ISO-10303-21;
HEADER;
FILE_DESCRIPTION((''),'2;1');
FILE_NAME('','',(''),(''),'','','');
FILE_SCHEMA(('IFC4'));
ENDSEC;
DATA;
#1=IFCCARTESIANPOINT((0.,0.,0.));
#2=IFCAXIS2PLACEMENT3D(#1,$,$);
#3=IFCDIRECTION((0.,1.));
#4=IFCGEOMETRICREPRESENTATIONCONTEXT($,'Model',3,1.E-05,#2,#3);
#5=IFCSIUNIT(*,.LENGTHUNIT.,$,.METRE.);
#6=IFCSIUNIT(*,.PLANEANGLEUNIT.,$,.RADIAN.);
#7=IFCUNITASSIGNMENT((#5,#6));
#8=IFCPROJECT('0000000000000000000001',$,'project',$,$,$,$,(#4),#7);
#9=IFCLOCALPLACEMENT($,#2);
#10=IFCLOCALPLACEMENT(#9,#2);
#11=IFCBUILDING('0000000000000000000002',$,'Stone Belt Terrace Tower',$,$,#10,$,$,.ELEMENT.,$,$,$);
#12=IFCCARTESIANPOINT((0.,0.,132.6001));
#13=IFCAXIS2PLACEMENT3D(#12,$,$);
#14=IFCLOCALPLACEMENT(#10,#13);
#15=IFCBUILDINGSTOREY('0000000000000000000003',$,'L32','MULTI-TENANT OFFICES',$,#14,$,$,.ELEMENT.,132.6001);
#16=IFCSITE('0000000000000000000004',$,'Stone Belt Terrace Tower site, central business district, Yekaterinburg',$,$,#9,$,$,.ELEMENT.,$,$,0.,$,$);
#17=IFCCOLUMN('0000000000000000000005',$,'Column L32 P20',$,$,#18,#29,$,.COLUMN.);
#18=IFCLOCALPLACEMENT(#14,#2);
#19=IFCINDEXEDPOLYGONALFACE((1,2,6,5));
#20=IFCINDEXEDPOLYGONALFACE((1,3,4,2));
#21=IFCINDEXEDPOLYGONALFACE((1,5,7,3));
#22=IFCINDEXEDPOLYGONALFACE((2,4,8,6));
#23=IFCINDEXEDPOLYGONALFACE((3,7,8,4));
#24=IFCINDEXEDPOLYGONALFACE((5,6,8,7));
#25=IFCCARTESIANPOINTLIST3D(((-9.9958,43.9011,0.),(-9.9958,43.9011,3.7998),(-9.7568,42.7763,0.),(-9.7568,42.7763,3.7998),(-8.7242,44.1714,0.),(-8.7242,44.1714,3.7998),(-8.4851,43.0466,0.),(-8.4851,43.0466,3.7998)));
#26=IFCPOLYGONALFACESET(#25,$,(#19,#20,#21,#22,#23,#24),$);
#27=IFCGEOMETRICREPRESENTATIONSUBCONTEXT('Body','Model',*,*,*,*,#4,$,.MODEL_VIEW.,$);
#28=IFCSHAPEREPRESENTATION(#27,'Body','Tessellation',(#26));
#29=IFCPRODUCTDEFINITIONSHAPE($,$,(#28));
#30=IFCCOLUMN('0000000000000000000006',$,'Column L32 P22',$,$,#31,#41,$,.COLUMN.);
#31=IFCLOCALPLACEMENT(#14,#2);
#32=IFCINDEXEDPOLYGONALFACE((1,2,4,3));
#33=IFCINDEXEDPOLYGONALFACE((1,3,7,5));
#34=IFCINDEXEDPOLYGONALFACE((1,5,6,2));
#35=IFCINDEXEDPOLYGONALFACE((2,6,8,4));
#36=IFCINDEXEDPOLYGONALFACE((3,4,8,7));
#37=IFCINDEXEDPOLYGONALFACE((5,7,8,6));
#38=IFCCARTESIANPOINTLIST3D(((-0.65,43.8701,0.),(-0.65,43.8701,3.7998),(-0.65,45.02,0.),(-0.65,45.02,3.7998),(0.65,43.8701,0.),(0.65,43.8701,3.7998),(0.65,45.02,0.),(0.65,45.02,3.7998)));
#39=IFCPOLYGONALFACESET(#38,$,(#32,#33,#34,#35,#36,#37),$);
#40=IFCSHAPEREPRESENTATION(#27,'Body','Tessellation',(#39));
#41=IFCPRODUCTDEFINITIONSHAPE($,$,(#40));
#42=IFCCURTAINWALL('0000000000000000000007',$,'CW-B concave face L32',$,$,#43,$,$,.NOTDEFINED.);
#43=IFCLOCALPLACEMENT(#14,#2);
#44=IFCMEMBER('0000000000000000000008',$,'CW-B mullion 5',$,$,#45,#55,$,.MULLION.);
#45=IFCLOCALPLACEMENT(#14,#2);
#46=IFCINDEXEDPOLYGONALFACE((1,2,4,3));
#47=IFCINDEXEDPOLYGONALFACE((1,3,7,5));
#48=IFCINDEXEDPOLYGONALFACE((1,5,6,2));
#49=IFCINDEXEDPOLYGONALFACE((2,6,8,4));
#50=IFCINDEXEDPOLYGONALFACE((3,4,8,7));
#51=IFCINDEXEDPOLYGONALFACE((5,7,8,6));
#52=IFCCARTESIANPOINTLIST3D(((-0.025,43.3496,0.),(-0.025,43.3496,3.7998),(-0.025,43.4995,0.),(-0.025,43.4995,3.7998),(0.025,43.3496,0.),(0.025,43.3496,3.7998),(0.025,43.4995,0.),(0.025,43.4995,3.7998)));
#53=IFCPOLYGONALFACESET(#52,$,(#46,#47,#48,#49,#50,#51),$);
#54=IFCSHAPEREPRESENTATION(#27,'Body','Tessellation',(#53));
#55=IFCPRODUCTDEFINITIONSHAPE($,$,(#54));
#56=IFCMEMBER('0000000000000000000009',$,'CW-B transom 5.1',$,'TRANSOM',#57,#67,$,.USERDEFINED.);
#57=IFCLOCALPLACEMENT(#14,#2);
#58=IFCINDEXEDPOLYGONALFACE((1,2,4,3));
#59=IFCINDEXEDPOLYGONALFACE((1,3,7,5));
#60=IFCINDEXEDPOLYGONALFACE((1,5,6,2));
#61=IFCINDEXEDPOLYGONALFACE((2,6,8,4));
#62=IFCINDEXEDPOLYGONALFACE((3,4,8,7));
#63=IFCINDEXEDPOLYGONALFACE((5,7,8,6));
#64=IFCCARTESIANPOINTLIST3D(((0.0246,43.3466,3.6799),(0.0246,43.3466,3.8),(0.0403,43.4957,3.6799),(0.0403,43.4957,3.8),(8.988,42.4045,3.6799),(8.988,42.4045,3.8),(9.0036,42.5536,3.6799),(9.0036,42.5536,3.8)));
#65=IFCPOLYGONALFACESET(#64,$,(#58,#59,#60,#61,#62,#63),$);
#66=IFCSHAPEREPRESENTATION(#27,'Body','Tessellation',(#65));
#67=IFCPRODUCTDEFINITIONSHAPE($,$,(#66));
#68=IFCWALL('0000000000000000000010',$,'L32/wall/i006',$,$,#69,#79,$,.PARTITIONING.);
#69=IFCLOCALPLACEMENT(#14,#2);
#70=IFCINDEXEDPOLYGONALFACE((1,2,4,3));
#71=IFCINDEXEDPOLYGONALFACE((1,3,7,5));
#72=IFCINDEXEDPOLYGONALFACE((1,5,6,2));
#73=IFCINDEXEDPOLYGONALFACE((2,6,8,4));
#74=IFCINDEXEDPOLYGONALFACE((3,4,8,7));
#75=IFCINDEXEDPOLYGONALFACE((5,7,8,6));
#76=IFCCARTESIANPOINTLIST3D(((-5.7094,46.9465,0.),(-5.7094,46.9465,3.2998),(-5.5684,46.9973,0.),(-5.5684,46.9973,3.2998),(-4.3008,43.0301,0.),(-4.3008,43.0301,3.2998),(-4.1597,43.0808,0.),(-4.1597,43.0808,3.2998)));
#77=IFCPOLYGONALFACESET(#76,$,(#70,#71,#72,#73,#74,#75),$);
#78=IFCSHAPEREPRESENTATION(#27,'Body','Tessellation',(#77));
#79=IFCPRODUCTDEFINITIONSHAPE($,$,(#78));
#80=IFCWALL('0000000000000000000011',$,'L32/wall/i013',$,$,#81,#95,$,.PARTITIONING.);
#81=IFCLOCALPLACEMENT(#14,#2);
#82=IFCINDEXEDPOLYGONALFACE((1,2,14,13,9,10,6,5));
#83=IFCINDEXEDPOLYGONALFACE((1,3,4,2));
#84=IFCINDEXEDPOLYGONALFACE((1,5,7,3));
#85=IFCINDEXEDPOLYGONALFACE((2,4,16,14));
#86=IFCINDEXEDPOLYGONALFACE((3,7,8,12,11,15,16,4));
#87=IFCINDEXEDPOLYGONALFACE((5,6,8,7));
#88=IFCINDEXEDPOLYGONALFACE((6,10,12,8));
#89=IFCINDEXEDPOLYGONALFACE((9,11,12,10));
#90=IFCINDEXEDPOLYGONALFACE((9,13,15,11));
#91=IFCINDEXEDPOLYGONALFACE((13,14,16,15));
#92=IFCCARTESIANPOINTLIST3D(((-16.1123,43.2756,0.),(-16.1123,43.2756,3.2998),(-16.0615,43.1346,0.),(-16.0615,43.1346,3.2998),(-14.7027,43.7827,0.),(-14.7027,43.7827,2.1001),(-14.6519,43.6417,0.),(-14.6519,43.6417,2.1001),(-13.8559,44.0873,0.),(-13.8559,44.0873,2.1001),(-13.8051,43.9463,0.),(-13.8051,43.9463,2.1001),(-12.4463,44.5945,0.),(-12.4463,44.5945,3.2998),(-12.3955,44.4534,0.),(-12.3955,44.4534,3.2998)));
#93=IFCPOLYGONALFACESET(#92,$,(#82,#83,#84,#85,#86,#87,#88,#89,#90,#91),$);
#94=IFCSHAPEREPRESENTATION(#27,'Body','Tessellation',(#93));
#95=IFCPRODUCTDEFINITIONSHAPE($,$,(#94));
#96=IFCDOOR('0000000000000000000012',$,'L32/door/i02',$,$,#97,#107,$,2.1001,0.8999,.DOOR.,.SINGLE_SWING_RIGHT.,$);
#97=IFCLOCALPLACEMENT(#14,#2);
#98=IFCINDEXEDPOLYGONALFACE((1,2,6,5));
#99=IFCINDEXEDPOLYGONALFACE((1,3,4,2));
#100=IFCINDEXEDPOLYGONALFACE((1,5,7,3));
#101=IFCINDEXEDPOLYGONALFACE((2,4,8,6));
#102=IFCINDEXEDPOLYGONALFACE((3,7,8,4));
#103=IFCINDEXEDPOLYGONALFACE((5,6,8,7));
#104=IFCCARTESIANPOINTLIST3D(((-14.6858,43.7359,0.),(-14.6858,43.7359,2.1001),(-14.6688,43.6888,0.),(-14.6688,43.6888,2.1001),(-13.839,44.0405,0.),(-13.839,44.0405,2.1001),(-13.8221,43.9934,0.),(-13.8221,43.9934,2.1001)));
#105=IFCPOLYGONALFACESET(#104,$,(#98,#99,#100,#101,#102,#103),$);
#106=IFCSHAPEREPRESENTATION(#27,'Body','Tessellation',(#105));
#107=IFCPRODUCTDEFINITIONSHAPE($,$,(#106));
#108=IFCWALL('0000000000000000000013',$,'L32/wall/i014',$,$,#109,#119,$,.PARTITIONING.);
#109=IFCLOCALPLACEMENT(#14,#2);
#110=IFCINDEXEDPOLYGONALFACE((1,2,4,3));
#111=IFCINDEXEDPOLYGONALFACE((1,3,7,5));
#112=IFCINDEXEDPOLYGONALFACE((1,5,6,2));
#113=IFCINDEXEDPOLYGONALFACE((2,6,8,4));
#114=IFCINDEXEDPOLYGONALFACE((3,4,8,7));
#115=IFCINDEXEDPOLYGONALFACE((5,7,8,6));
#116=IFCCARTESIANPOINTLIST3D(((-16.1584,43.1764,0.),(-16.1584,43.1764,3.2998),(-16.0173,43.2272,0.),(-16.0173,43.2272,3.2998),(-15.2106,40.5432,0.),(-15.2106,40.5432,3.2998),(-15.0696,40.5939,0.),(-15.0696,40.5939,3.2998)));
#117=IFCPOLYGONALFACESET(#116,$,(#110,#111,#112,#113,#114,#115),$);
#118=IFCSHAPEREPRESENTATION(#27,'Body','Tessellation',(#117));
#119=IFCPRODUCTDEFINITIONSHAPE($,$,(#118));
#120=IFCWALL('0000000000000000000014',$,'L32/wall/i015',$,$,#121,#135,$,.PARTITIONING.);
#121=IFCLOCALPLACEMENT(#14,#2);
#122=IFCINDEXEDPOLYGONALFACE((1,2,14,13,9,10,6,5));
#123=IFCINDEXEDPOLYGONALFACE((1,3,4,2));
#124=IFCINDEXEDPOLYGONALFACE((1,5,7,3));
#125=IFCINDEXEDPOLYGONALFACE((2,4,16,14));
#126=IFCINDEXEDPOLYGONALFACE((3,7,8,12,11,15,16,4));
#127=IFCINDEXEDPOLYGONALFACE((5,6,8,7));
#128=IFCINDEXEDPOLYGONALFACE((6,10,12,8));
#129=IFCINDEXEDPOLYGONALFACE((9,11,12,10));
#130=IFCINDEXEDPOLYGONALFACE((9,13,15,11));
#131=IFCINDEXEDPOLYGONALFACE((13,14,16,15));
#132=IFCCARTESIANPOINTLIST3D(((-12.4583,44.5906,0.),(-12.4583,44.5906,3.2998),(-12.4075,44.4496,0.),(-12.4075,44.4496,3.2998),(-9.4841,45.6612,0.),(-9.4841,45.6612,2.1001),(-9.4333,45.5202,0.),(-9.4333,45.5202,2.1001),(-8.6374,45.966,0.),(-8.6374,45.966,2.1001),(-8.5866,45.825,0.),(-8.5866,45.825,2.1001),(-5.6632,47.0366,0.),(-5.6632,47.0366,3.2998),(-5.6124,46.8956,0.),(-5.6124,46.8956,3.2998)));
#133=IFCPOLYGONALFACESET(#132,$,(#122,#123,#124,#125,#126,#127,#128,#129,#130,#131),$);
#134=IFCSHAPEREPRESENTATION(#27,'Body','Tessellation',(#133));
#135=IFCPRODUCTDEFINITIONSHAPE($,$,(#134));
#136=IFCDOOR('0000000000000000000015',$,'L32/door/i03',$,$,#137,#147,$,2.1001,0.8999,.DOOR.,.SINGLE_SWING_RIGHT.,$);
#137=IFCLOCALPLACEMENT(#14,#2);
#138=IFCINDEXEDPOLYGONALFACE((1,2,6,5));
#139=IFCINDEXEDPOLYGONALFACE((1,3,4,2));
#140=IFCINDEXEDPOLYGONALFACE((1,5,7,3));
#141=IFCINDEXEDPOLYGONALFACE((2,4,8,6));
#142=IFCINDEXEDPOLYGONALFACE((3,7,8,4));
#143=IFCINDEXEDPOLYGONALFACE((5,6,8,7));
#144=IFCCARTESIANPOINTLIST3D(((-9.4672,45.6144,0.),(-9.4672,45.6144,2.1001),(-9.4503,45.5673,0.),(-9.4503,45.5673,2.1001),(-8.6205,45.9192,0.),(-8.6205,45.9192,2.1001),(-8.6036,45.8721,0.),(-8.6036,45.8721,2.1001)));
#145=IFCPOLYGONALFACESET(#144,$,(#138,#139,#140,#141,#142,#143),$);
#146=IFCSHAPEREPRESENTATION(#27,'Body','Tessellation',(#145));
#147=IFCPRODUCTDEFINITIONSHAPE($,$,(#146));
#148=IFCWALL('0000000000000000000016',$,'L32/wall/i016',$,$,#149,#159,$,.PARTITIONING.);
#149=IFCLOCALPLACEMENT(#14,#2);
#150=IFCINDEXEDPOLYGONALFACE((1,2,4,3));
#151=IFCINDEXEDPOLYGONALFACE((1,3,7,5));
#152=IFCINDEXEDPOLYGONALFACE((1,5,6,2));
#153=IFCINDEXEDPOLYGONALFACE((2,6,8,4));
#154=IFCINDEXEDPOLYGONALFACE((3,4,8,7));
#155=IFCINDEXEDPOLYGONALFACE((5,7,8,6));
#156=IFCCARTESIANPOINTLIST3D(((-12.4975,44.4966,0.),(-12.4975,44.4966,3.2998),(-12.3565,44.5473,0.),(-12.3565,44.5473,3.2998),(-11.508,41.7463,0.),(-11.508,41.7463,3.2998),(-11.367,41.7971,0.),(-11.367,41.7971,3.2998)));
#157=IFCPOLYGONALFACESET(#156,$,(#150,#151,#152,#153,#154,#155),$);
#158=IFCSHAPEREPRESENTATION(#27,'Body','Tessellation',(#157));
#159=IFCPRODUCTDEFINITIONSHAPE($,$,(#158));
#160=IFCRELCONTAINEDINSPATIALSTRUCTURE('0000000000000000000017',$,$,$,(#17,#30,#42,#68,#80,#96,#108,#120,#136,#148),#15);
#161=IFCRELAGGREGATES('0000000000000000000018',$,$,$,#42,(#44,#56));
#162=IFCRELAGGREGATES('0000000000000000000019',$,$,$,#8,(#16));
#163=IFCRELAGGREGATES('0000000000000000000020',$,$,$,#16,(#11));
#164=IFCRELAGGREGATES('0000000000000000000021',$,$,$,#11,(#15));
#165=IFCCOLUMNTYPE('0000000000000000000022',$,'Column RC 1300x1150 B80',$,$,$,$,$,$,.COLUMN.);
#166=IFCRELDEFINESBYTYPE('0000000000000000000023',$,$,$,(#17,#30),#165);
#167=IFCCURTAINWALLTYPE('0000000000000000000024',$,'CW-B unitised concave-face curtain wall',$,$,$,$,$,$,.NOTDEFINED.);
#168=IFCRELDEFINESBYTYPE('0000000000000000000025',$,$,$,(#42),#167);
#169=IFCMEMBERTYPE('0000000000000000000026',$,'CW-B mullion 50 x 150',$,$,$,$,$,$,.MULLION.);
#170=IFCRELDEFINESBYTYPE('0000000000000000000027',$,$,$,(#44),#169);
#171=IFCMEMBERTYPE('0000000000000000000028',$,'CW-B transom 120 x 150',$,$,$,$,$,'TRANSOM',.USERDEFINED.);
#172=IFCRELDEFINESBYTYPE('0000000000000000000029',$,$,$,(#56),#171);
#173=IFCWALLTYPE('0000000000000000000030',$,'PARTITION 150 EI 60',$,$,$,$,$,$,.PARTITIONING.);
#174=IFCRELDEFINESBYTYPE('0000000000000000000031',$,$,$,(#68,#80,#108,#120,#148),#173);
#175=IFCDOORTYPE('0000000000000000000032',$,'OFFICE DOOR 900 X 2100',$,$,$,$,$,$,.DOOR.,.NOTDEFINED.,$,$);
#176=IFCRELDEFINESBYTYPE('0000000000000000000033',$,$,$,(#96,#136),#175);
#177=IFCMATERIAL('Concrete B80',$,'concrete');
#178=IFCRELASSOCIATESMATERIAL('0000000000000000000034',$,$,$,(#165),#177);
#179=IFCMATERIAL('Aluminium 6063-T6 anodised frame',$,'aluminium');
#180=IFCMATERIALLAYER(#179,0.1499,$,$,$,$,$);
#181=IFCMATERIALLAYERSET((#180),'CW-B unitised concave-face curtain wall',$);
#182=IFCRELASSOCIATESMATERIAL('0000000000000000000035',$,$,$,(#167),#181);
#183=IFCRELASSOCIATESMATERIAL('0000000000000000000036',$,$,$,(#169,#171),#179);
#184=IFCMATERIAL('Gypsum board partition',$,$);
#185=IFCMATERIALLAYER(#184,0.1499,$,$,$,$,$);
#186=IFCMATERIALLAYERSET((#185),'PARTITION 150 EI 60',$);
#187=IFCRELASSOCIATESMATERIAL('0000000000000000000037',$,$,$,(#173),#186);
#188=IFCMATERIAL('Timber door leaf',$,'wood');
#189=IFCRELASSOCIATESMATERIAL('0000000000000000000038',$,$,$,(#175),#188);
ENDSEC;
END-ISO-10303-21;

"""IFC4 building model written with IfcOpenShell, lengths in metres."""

from ifc_helpers import new_model, si_unit, direction, frame, frame_2d, origin, origin_2d, place, context, subcontext, project, spatial, rectangle, extrude, material, layer, layer_set, material_profile, profile_set, type_object, element, fill, aggregate, save


model = new_model("IFC4")

# Units and contexts
model_context = context("Model", 3, precision=1e-05, world=origin(), true_north=direction((0.0, 1.0)))
body_context = subcontext(model_context, "Body", "Model", "MODEL_VIEW")
ifc_project = project(units=[si_unit("LENGTHUNIT", "METRE"), si_unit("PLANEANGLEUNIT", "RADIAN")], contexts=[model_context])

# Site, building, storey
site_placement = place(None, origin())
site = spatial("IfcSite", under=ifc_project, at=site_placement, Name="Stone Belt Terrace Tower site, central business district, Yekaterinburg", CompositionType="ELEMENT", RefElevation=0.0)
building_placement = place(site_placement, origin())
building = spatial("IfcBuilding", under=site, at=building_placement, Name="Stone Belt Terrace Tower", CompositionType="ELEMENT")
storey_placement = place(building_placement, frame((0.0, 0.0, 132.6001)))
storey = spatial("IfcBuildingStorey", under=building, at=storey_placement, Name="L32", Description="MULTI-TENANT OFFICES", CompositionType="ELEMENT", Elevation=132.6001)

# Columns
ifc_material_1 = material(Name="Concrete B80", Category="concrete")
ifc_material_profile_1 = material_profile(ifc_material_1, rectangle(XDim=1.3, YDim=1.1499, at=origin_2d()), Name="RC 1300x1150")
ifc_profile_set_1 = profile_set([ifc_material_profile_1], Name="Concrete B80")
column_type = type_object("IfcColumnType", Name="Column RC 1300x1150 B80", PredefinedType="COLUMN", material=ifc_profile_set_1)
for number, where, z_axis, x_axis, name in (
    (1, (-9.2405, 43.4739, 0.0), (0.0, 0.0, 1.0), (0.978148, 0.207912, 0.0), "Column L32 P20"),
    (2, (0.0, 44.4451, 0.0), (0.0, 0.0, 1.0), (1.0, 0.0, 0.0), "Column L32 P22"),
):
    element("IfcColumn", number, at=place(storey_placement, frame(where, z_axis=z_axis, x_axis=x_axis)), inside=storey, type_object=column_type, Name=name, PredefinedType="COLUMN", context=body_context, shape_type="SweptSolid", body=[
        extrude(rectangle(XDim=1.3, YDim=1.1499, at=origin_2d()), origin(), (0.0, 0.0, 1.0), 3.7998),
    ])

# Curtain wall, members
ifc_material_2 = material(Name="Aluminium 6063-T6 anodised frame", Category="aluminium")
ifc_layer_1 = layer(ifc_material_2, 0.1499)
ifc_layer_set_1 = layer_set([ifc_layer_1], Name="CW-B unitised concave-face curtain wall")
curtain_wall_type = type_object("IfcCurtainWallType", Name="CW-B unitised concave-face curtain wall", PredefinedType="NOTDEFINED", material=ifc_layer_set_1)
curtain_wall_placement = place(storey_placement, origin())
curtain_wall = element("IfcCurtainWall", 3, at=curtain_wall_placement, inside=storey, type_object=curtain_wall_type, Name="CW-B concave face L32", PredefinedType="NOTDEFINED")
ifc_material_profile_2 = material_profile(ifc_material_2, rectangle(XDim=0.1499, YDim=0.05, at=origin_2d()), Name="Aluminium 6063-T6 50x150")
ifc_profile_set_2 = profile_set([ifc_material_profile_2], Name="Aluminium 6063-T6 anodised frame")
member_type_1 = type_object("IfcMemberType", Name="CW-B mullion 50 x 150", PredefinedType="MULLION", material=ifc_profile_set_2)
member_1_placement = place(storey_placement, frame((0.0, 43.4246, 0.0), z_axis=(0.0, 0.0, 1.0), x_axis=(0.0, 1.0, 0.0)))
member_1 = element("IfcMember", 4, at=member_1_placement, type_object=member_type_1, Name="CW-B mullion 5", PredefinedType="MULLION", context=body_context, shape_type="SweptSolid", body=[
    extrude(rectangle(XDim=0.1499, YDim=0.05, at=origin_2d()), origin(), (0.0, 0.0, 1.0), 3.7998),
])
ifc_material_profile_3 = material_profile(ifc_material_2, rectangle(XDim=0.1499, YDim=0.1201, at=origin_2d()), Name="Aluminium 6063-T6 150x120")
ifc_profile_set_3 = profile_set([ifc_material_profile_3], Name="Aluminium 6063-T6 anodised frame")
member_type_2 = type_object("IfcMemberType", Name="CW-B transom 120 x 150", ElementType="TRANSOM", PredefinedType="USERDEFINED", material=ifc_profile_set_3)
member_2_placement = place(storey_placement, frame((0.0325, 43.4211, 3.74), z_axis=(0.994521, -0.104534, 0.0), x_axis=(0.104534, 0.994521, 0.0)))
member_2 = element("IfcMember", 5, at=member_2_placement, type_object=member_type_2, Name="CW-B transom 5.1", ObjectType="TRANSOM", PredefinedType="USERDEFINED", context=body_context, shape_type="SweptSolid", body=[
    extrude(rectangle(XDim=0.1499, YDim=0.1201, at=origin_2d()), origin(), (0.0, 0.0, 1.0), 9.0127),
])
aggregate(curtain_wall, [member_1, member_2])

# Wall
ifc_material_3 = material(Name="Gypsum board partition")
ifc_layer_2 = layer(ifc_material_3, 0.1499)
ifc_layer_set_2 = layer_set([ifc_layer_2], Name="PARTITION 150 EI 60")
wall_type_1 = type_object("IfcWallType", Name="PARTITION 150 EI 60", PredefinedType="PARTITIONING", material=ifc_layer_set_2)
wall_1_placement = place(storey_placement, frame((-4.2302, 43.0554, 0.0), z_axis=(0.0, 0.0, 1.0), x_axis=(-0.338454, 0.940983, 0.0)))
element("IfcWall", 6, at=wall_1_placement, inside=storey, type_object=wall_type_1, Name="L32/wall/i006", PredefinedType="PARTITIONING", context=body_context, shape_type="SweptSolid", body=[
    extrude(rectangle(XDim=4.1621, YDim=0.1499, at=frame_2d((2.0811, 0.0))), origin(), (0.0, 0.0, 1.0), 3.2998),
])

# Wall, opening, door
wall_2_placement = place(storey_placement, frame((-12.4209, 44.5239, 0.0), z_axis=(0.0, 0.0, 1.0), x_axis=(-0.940962, -0.338511, 0.0)))
wall_2 = element("IfcWall", 7, at=wall_2_placement, inside=storey, type_object=wall_type_1, Name="L32/wall/i013", PredefinedType="PARTITIONING", context=body_context, shape_type="SweptSolid", body=[
    extrude(rectangle(XDim=3.896, YDim=0.1499, at=frame_2d((1.948, 0.0))), origin(), (0.0, 0.0, 1.0), 3.2998),
])
opening_1_placement = place(wall_2_placement, frame((1.498, 0.0, 0.0)))
opening_1 = element("IfcOpeningElement", 8, at=opening_1_placement, cuts=wall_2, PredefinedType="OPENING", context=body_context, shape_type="SweptSolid", body=[
    extrude(rectangle(XDim=0.8999, YDim=2.1001, at=frame_2d((0.45, 1.05))), frame((0.0, 0.085, 0.0), z_axis=(0.0, -1.0, 0.0), x_axis=(1.0, 0.0, 0.0)), (0.0, 0.0, 1.0), 0.1699),
])
ifc_material_4 = material(Name="Timber door leaf", Category="wood")
door_type_1 = type_object("IfcDoorType", Name="OFFICE DOOR 900 X 2100", OperationType="NOTDEFINED", PredefinedType="DOOR", material=ifc_material_4)
door_1_placement = place(opening_1_placement, origin())
door_1 = element("IfcDoor", 9, at=door_1_placement, inside=storey, type_object=door_type_1, Name="L32/door/i02", OperationType="SINGLE_SWING_RIGHT", OverallHeight=2.1001, OverallWidth=0.8999, PredefinedType="DOOR", context=body_context, shape_type="SweptSolid", body=[
    extrude(rectangle(XDim=0.8999, YDim=2.1001, at=frame_2d((0.45, 1.05))), frame((0.0, 0.0249, 0.0), z_axis=(0.0, -1.0, 0.0), x_axis=(1.0, 0.0, 0.0)), (0.0, 0.0, 1.0), 0.05),
])
fill(opening_1, door_1)

# Wall
wall_3_placement = place(storey_placement, frame((-16.0879, 43.2019, 0.0), z_axis=(0.0, 0.0, 1.0), x_axis=(0.338645, -0.940914, 0.0)))
element("IfcWall", 10, at=wall_3_placement, inside=storey, type_object=wall_type_1, Name="L32/wall/i014", PredefinedType="PARTITIONING", context=body_context, shape_type="SweptSolid", body=[
    extrude(rectangle(XDim=2.7986, YDim=0.1499, at=frame_2d((1.3994, 0.0))), origin(), (0.0, 0.0, 1.0), 3.2998),
])

# Wall, opening, door
wall_4_placement = place(storey_placement, frame((-5.6379, 46.9661, 0.0), z_axis=(0.0, 0.0, 1.0), x_axis=(-0.940897, -0.338693, 0.0)))
wall_4 = element("IfcWall", 11, at=wall_4_placement, inside=storey, type_object=wall_type_1, Name="L32/wall/i015", PredefinedType="PARTITIONING", context=body_context, shape_type="SweptSolid", body=[
    extrude(rectangle(XDim=7.2219, YDim=0.1499, at=frame_2d((3.6108, 0.0))), origin(), (0.0, 0.0, 1.0), 3.2998),
])
opening_2_placement = place(wall_4_placement, frame((3.1609, 0.0, 0.0)))
opening_2 = element("IfcOpeningElement", 12, at=opening_2_placement, cuts=wall_4, PredefinedType="OPENING", context=body_context, shape_type="SweptSolid", body=[
    extrude(rectangle(XDim=0.8999, YDim=2.1001, at=frame_2d((0.45, 1.05))), frame((0.0, 0.085, 0.0), z_axis=(0.0, -1.0, 0.0), x_axis=(1.0, 0.0, 0.0)), (0.0, 0.0, 1.0), 0.1699),
])
door_2_placement = place(opening_2_placement, origin())
door_2 = element("IfcDoor", 13, at=door_2_placement, inside=storey, type_object=door_type_1, Name="L32/door/i03", OperationType="SINGLE_SWING_RIGHT", OverallHeight=2.1001, OverallWidth=0.8999, PredefinedType="DOOR", context=body_context, shape_type="SweptSolid", body=[
    extrude(rectangle(XDim=0.8999, YDim=2.1001, at=frame_2d((0.45, 1.05))), frame((0.0, 0.0249, 0.0), z_axis=(0.0, -1.0, 0.0), x_axis=(1.0, 0.0, 0.0)), (0.0, 0.0, 1.0), 0.05),
])
fill(opening_2, door_2)

# Wall
wall_5_placement = place(storey_placement, frame((-12.427, 44.522, 0.0), z_axis=(0.0, 0.0, 1.0), x_axis=(0.338542, -0.940951, 0.0)))
element("IfcWall", 14, at=wall_5_placement, inside=storey, type_object=wall_type_1, Name="L32/wall/i016", PredefinedType="PARTITIONING", context=body_context, shape_type="SweptSolid", body=[
    extrude(rectangle(XDim=2.9229, YDim=0.1499, at=frame_2d((1.4614, 0.0))), origin(), (0.0, 0.0, 1.0), 3.2998),
])

save(model, "model.ifc")
